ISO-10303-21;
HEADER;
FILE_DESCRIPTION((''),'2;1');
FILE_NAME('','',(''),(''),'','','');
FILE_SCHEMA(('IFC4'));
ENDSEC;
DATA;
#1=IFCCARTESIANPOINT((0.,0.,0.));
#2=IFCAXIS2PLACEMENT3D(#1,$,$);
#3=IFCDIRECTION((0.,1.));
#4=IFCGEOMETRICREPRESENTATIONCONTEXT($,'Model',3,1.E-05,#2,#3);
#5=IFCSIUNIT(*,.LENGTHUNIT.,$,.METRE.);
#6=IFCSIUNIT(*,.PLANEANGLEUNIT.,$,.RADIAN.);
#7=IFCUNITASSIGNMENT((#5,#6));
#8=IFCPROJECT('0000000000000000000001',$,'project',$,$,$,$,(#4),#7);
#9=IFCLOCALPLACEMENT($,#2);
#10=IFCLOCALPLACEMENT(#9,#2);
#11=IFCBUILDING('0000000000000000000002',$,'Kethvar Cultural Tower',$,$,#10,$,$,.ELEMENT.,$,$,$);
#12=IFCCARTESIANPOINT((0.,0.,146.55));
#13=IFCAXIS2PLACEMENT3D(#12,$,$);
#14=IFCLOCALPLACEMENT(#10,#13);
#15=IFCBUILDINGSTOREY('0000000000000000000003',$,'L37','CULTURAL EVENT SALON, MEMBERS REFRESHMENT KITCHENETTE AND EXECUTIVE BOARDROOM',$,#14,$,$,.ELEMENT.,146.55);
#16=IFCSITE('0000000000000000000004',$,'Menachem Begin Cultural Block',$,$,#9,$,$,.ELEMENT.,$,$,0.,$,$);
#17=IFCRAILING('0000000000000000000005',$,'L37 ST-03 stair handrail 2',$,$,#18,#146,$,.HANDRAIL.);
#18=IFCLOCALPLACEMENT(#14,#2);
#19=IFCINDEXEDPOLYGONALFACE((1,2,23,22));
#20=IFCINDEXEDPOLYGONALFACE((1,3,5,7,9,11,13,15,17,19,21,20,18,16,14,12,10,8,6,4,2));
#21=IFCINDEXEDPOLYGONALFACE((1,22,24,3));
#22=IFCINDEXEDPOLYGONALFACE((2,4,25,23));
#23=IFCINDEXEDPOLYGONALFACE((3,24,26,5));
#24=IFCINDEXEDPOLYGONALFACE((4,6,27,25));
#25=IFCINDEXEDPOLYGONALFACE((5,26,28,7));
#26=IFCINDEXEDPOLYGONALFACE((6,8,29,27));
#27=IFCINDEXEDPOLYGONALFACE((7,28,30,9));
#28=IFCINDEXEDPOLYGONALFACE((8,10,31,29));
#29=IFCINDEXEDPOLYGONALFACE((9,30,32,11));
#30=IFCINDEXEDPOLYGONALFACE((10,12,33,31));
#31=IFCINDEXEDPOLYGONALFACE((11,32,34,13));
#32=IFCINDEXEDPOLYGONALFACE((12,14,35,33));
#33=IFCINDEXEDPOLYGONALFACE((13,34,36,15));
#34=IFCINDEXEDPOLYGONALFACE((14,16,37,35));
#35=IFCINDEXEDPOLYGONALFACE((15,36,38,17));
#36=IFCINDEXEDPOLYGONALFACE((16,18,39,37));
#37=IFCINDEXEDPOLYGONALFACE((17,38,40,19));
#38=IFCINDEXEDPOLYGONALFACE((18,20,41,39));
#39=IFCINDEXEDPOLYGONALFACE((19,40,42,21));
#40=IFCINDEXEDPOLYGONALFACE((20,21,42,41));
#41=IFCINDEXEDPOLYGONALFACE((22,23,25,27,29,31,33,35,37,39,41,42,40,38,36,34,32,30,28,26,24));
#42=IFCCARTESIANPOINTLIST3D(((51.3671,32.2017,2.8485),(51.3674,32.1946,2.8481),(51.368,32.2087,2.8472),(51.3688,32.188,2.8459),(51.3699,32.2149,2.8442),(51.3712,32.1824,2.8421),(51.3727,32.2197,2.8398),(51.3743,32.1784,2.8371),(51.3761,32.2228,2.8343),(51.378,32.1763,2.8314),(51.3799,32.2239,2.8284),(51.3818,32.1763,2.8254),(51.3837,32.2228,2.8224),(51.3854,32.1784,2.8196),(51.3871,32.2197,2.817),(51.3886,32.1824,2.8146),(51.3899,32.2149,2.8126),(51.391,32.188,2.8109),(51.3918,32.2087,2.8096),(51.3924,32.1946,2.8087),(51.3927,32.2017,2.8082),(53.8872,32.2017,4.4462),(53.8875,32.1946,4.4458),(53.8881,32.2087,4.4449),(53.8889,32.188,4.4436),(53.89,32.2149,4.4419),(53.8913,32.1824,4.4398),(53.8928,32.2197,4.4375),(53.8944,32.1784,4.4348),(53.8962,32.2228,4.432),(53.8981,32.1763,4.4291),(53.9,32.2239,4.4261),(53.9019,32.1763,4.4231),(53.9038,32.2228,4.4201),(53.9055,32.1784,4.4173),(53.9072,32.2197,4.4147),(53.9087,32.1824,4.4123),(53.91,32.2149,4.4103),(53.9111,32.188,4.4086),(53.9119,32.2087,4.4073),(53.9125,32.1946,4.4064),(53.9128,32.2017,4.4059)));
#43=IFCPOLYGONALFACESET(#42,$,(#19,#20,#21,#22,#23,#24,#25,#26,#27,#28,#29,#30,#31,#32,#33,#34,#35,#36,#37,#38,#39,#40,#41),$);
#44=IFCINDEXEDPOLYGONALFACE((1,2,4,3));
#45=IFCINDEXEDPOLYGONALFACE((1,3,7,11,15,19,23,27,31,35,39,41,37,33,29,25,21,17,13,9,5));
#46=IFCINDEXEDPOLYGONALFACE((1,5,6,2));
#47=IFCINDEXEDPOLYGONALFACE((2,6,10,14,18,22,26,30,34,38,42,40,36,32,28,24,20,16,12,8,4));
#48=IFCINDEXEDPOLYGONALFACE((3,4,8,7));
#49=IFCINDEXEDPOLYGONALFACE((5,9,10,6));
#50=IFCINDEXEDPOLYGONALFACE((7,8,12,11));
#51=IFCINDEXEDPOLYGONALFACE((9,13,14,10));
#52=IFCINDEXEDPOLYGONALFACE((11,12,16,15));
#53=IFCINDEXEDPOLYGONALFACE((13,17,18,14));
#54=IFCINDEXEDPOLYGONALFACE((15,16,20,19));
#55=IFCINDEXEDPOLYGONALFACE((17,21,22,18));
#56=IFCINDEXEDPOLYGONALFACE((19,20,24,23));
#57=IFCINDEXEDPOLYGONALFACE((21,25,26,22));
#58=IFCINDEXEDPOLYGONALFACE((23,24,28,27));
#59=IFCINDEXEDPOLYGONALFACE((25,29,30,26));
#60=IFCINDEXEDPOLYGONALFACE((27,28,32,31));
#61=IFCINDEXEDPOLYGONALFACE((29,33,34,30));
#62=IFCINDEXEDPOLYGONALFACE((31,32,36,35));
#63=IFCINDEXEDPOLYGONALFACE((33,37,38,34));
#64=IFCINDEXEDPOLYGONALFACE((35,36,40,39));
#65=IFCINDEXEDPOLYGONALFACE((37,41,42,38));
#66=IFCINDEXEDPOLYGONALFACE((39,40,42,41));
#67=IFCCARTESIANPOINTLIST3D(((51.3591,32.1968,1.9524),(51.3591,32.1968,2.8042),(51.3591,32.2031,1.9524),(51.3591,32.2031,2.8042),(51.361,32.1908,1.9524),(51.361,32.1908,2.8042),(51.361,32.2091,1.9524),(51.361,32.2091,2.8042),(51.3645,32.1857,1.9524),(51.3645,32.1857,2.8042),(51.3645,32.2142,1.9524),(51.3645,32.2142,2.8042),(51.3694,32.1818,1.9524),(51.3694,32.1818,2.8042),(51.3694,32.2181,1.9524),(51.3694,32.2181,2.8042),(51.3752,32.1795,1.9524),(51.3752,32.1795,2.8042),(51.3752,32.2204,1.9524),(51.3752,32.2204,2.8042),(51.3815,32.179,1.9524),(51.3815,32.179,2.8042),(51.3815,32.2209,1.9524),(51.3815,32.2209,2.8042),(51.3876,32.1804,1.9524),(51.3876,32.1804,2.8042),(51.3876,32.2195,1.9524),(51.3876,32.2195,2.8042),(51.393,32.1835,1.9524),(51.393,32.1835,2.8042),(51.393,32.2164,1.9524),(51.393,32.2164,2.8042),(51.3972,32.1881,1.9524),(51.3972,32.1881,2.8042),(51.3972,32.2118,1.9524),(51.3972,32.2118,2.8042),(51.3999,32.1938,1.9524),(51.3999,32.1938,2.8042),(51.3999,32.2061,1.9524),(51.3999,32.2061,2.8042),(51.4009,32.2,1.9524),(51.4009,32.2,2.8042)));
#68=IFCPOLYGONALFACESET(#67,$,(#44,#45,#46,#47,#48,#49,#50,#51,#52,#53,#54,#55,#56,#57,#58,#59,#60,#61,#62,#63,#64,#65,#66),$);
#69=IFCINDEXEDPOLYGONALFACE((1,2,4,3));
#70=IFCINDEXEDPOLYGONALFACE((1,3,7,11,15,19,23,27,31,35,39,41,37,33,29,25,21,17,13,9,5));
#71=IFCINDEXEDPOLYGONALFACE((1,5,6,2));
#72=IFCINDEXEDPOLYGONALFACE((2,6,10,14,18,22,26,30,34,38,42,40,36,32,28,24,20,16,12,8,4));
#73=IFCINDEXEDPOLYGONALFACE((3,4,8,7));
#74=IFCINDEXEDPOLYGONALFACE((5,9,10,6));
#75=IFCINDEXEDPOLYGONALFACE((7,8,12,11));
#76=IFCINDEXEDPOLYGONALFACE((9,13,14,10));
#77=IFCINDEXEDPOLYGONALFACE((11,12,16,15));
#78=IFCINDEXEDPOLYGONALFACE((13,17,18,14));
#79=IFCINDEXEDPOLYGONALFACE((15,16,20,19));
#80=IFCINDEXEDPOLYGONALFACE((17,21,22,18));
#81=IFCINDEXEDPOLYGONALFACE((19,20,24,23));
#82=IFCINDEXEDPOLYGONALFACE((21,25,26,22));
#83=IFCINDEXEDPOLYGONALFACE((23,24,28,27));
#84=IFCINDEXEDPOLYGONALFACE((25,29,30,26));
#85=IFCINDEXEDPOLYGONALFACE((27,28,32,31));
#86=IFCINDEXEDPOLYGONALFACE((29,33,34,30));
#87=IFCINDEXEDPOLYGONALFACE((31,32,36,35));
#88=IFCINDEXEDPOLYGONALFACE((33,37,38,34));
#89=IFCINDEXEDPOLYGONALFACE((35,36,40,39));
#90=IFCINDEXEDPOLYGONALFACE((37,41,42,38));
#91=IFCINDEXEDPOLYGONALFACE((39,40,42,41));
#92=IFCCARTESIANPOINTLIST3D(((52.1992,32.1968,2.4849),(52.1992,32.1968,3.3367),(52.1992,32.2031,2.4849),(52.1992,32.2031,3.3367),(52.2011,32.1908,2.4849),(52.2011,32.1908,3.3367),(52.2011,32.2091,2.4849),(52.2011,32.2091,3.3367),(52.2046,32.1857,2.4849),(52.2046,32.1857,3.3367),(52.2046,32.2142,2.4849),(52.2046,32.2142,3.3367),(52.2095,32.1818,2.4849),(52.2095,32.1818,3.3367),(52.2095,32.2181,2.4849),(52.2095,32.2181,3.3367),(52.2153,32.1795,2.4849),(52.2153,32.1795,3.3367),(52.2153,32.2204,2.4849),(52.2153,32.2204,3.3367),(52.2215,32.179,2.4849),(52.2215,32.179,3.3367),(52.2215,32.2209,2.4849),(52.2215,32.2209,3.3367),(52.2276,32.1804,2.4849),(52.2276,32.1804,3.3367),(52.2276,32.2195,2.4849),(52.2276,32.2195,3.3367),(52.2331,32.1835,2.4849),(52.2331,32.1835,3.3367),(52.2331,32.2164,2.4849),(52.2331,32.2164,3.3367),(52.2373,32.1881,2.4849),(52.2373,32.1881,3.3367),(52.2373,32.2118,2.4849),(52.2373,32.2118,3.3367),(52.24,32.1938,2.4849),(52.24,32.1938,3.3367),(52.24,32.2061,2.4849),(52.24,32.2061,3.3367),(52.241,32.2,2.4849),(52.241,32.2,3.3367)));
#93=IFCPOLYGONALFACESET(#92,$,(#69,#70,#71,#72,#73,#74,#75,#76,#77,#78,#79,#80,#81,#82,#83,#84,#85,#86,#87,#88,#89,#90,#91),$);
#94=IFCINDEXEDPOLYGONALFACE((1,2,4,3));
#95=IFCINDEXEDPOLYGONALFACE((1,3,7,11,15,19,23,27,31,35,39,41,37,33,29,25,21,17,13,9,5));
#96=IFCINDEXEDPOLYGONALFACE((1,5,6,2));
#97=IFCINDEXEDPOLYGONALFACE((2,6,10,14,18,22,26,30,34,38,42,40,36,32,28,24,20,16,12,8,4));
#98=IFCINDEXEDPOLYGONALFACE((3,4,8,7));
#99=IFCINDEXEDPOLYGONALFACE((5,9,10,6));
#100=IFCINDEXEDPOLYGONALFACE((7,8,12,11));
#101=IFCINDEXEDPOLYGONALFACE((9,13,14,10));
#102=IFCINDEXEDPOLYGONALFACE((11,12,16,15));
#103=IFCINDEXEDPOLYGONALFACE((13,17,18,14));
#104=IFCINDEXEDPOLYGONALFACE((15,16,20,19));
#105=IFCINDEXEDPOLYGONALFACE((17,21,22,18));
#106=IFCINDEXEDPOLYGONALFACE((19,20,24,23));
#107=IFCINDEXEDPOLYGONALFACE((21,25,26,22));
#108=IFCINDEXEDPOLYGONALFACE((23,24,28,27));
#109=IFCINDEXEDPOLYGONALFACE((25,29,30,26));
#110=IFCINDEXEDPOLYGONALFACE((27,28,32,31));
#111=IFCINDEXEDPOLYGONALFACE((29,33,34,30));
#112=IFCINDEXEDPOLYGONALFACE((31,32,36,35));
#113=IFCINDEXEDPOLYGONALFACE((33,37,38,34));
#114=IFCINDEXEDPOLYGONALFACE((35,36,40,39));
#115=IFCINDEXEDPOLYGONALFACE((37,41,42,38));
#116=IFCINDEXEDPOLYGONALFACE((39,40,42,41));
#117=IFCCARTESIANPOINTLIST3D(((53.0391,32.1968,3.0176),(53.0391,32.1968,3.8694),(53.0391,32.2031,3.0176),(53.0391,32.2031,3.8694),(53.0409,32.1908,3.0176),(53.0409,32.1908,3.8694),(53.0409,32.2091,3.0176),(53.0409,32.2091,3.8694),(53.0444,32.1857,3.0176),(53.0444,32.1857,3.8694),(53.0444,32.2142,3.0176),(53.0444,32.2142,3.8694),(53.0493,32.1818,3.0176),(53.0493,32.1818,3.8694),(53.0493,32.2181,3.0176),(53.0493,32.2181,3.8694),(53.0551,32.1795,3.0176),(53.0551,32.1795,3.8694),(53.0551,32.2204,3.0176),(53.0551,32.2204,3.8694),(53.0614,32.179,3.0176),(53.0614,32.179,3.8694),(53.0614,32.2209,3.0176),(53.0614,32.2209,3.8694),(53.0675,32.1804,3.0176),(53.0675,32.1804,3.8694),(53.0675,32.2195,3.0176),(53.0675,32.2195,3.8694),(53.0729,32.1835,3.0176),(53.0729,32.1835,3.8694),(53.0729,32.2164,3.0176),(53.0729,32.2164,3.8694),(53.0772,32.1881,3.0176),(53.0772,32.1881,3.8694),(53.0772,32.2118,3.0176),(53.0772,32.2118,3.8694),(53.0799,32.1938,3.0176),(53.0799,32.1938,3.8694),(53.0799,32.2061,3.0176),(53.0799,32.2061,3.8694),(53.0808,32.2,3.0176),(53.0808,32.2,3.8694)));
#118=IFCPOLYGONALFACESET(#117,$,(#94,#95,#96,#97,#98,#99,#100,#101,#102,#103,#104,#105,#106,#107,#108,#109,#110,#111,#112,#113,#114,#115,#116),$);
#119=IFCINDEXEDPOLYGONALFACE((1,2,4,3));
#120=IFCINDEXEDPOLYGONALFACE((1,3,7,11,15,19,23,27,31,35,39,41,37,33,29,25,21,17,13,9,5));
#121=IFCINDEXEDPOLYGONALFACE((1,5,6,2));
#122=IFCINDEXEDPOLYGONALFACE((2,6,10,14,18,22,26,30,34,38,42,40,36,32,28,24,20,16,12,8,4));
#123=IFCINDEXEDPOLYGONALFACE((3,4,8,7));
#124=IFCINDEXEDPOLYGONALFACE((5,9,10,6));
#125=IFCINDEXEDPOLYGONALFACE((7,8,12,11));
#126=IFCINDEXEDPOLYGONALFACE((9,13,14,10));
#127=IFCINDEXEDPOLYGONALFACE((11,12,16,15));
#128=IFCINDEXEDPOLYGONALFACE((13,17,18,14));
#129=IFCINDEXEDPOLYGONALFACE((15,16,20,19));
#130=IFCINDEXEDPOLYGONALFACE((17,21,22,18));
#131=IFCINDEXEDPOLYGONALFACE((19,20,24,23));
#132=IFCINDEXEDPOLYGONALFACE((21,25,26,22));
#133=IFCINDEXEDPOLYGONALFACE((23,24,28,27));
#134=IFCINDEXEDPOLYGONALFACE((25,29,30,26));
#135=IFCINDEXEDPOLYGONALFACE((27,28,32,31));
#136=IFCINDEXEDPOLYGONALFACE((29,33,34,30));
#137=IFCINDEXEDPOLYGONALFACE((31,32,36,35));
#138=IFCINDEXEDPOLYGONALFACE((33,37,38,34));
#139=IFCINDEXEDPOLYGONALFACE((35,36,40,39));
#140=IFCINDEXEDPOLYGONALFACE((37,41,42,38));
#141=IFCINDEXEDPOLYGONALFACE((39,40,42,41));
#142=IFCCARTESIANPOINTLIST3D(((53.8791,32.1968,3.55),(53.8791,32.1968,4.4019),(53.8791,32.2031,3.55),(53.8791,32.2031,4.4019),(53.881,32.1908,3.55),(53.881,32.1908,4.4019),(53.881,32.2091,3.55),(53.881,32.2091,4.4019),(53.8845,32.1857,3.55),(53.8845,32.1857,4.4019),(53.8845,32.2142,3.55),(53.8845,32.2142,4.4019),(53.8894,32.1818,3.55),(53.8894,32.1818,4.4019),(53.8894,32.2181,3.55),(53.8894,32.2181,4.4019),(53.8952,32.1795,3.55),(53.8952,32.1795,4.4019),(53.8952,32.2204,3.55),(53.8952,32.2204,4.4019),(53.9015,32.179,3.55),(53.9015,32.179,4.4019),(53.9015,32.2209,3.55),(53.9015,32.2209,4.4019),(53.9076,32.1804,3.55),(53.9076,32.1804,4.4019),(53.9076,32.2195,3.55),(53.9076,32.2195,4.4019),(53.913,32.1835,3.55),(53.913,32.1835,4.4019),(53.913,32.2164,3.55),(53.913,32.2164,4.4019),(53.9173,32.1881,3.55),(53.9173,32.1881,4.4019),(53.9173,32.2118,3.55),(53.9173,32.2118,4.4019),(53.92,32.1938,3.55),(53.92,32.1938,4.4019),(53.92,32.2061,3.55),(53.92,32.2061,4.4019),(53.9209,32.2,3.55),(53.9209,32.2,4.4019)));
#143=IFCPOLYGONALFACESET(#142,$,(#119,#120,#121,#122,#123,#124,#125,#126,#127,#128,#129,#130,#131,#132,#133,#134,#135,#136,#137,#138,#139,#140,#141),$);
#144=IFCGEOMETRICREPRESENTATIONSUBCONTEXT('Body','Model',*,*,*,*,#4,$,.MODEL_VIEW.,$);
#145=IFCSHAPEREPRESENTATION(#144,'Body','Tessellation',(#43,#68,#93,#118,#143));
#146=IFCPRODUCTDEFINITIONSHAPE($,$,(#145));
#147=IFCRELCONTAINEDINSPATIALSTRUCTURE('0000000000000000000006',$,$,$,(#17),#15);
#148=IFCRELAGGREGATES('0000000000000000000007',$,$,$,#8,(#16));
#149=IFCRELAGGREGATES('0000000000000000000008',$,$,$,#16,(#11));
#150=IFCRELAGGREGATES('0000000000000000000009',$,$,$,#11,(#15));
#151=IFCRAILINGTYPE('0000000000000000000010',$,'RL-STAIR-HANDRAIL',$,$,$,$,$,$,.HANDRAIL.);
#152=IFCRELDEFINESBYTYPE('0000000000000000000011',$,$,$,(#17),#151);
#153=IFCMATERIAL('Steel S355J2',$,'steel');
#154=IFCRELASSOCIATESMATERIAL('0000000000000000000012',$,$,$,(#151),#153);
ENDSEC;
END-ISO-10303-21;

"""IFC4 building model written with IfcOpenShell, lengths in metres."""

from ifc_helpers import new_model, si_unit, direction, frame, origin, origin_2d, place, context, subcontext, project, spatial, circle, extrude, material, type_object, element, save


model = new_model("IFC4")

# Units and contexts
model_context = context("Model", 3, precision=1e-05, world=origin(), true_north=direction((0.0, 1.0)))
body_context = subcontext(model_context, "Body", "Model", "MODEL_VIEW")
ifc_project = project(units=[si_unit("LENGTHUNIT", "METRE"), si_unit("PLANEANGLEUNIT", "RADIAN")], contexts=[model_context])

# Site, building, storey
site_placement = place(None, origin())
site = spatial("IfcSite", under=ifc_project, at=site_placement, Name="Menachem Begin Cultural Block", CompositionType="ELEMENT", RefElevation=0.0)
building_placement = place(site_placement, origin())
building = spatial("IfcBuilding", under=site, at=building_placement, Name="Kethvar Cultural Tower", CompositionType="ELEMENT")
storey_placement = place(building_placement, frame((0.0, 0.0, 146.55)))
storey = spatial("IfcBuildingStorey", under=building, at=storey_placement, Name="L37", Description="CULTURAL EVENT SALON, MEMBERS REFRESHMENT KITCHENETTE AND EXECUTIVE BOARDROOM", CompositionType="ELEMENT", Elevation=146.55)

# Shared definitions
ifc_material_1 = material(Name="Steel S355J2", Category="steel")

# Railing
railing_type_1 = type_object("IfcRailingType", Name="RL-STAIR-HANDRAIL", PredefinedType="HANDRAIL", material=ifc_material_1)
railing_1_placement = place(storey_placement, frame((51.3799, 32.2, 1.9524)))
element("IfcRailing", 1, at=railing_1_placement, inside=storey, type_object=railing_type_1, Name="L37 ST-03 stair handrail 2", PredefinedType="HANDRAIL", context=body_context, shape_type="SweptSolid", body=[
    extrude(circle(Radius=0.0239, at=origin_2d()), frame((0.0, 0.0, 0.876), z_axis=(0.84457, 0.0, 0.535445), x_axis=(0.0, 1.0, 0.0)), (0.0, 0.0, 1.0), 2.9839),
    extrude(circle(Radius=0.021, at=origin_2d()), origin(), (0.0, 0.0, 1.0), 0.8518),
    extrude(circle(Radius=0.021, at=origin_2d()), frame((0.8401, 0.0, 0.5325)), (0.0, 0.0, 1.0), 0.8518),
    extrude(circle(Radius=0.021, at=origin_2d()), frame((1.6799, 0.0, 1.0652)), (0.0, 0.0, 1.0), 0.8518),
    extrude(circle(Radius=0.021, at=origin_2d()), frame((2.52, 0.0, 1.5977)), (0.0, 0.0, 1.0), 0.8518),
])

save(model, "model.ifc")
